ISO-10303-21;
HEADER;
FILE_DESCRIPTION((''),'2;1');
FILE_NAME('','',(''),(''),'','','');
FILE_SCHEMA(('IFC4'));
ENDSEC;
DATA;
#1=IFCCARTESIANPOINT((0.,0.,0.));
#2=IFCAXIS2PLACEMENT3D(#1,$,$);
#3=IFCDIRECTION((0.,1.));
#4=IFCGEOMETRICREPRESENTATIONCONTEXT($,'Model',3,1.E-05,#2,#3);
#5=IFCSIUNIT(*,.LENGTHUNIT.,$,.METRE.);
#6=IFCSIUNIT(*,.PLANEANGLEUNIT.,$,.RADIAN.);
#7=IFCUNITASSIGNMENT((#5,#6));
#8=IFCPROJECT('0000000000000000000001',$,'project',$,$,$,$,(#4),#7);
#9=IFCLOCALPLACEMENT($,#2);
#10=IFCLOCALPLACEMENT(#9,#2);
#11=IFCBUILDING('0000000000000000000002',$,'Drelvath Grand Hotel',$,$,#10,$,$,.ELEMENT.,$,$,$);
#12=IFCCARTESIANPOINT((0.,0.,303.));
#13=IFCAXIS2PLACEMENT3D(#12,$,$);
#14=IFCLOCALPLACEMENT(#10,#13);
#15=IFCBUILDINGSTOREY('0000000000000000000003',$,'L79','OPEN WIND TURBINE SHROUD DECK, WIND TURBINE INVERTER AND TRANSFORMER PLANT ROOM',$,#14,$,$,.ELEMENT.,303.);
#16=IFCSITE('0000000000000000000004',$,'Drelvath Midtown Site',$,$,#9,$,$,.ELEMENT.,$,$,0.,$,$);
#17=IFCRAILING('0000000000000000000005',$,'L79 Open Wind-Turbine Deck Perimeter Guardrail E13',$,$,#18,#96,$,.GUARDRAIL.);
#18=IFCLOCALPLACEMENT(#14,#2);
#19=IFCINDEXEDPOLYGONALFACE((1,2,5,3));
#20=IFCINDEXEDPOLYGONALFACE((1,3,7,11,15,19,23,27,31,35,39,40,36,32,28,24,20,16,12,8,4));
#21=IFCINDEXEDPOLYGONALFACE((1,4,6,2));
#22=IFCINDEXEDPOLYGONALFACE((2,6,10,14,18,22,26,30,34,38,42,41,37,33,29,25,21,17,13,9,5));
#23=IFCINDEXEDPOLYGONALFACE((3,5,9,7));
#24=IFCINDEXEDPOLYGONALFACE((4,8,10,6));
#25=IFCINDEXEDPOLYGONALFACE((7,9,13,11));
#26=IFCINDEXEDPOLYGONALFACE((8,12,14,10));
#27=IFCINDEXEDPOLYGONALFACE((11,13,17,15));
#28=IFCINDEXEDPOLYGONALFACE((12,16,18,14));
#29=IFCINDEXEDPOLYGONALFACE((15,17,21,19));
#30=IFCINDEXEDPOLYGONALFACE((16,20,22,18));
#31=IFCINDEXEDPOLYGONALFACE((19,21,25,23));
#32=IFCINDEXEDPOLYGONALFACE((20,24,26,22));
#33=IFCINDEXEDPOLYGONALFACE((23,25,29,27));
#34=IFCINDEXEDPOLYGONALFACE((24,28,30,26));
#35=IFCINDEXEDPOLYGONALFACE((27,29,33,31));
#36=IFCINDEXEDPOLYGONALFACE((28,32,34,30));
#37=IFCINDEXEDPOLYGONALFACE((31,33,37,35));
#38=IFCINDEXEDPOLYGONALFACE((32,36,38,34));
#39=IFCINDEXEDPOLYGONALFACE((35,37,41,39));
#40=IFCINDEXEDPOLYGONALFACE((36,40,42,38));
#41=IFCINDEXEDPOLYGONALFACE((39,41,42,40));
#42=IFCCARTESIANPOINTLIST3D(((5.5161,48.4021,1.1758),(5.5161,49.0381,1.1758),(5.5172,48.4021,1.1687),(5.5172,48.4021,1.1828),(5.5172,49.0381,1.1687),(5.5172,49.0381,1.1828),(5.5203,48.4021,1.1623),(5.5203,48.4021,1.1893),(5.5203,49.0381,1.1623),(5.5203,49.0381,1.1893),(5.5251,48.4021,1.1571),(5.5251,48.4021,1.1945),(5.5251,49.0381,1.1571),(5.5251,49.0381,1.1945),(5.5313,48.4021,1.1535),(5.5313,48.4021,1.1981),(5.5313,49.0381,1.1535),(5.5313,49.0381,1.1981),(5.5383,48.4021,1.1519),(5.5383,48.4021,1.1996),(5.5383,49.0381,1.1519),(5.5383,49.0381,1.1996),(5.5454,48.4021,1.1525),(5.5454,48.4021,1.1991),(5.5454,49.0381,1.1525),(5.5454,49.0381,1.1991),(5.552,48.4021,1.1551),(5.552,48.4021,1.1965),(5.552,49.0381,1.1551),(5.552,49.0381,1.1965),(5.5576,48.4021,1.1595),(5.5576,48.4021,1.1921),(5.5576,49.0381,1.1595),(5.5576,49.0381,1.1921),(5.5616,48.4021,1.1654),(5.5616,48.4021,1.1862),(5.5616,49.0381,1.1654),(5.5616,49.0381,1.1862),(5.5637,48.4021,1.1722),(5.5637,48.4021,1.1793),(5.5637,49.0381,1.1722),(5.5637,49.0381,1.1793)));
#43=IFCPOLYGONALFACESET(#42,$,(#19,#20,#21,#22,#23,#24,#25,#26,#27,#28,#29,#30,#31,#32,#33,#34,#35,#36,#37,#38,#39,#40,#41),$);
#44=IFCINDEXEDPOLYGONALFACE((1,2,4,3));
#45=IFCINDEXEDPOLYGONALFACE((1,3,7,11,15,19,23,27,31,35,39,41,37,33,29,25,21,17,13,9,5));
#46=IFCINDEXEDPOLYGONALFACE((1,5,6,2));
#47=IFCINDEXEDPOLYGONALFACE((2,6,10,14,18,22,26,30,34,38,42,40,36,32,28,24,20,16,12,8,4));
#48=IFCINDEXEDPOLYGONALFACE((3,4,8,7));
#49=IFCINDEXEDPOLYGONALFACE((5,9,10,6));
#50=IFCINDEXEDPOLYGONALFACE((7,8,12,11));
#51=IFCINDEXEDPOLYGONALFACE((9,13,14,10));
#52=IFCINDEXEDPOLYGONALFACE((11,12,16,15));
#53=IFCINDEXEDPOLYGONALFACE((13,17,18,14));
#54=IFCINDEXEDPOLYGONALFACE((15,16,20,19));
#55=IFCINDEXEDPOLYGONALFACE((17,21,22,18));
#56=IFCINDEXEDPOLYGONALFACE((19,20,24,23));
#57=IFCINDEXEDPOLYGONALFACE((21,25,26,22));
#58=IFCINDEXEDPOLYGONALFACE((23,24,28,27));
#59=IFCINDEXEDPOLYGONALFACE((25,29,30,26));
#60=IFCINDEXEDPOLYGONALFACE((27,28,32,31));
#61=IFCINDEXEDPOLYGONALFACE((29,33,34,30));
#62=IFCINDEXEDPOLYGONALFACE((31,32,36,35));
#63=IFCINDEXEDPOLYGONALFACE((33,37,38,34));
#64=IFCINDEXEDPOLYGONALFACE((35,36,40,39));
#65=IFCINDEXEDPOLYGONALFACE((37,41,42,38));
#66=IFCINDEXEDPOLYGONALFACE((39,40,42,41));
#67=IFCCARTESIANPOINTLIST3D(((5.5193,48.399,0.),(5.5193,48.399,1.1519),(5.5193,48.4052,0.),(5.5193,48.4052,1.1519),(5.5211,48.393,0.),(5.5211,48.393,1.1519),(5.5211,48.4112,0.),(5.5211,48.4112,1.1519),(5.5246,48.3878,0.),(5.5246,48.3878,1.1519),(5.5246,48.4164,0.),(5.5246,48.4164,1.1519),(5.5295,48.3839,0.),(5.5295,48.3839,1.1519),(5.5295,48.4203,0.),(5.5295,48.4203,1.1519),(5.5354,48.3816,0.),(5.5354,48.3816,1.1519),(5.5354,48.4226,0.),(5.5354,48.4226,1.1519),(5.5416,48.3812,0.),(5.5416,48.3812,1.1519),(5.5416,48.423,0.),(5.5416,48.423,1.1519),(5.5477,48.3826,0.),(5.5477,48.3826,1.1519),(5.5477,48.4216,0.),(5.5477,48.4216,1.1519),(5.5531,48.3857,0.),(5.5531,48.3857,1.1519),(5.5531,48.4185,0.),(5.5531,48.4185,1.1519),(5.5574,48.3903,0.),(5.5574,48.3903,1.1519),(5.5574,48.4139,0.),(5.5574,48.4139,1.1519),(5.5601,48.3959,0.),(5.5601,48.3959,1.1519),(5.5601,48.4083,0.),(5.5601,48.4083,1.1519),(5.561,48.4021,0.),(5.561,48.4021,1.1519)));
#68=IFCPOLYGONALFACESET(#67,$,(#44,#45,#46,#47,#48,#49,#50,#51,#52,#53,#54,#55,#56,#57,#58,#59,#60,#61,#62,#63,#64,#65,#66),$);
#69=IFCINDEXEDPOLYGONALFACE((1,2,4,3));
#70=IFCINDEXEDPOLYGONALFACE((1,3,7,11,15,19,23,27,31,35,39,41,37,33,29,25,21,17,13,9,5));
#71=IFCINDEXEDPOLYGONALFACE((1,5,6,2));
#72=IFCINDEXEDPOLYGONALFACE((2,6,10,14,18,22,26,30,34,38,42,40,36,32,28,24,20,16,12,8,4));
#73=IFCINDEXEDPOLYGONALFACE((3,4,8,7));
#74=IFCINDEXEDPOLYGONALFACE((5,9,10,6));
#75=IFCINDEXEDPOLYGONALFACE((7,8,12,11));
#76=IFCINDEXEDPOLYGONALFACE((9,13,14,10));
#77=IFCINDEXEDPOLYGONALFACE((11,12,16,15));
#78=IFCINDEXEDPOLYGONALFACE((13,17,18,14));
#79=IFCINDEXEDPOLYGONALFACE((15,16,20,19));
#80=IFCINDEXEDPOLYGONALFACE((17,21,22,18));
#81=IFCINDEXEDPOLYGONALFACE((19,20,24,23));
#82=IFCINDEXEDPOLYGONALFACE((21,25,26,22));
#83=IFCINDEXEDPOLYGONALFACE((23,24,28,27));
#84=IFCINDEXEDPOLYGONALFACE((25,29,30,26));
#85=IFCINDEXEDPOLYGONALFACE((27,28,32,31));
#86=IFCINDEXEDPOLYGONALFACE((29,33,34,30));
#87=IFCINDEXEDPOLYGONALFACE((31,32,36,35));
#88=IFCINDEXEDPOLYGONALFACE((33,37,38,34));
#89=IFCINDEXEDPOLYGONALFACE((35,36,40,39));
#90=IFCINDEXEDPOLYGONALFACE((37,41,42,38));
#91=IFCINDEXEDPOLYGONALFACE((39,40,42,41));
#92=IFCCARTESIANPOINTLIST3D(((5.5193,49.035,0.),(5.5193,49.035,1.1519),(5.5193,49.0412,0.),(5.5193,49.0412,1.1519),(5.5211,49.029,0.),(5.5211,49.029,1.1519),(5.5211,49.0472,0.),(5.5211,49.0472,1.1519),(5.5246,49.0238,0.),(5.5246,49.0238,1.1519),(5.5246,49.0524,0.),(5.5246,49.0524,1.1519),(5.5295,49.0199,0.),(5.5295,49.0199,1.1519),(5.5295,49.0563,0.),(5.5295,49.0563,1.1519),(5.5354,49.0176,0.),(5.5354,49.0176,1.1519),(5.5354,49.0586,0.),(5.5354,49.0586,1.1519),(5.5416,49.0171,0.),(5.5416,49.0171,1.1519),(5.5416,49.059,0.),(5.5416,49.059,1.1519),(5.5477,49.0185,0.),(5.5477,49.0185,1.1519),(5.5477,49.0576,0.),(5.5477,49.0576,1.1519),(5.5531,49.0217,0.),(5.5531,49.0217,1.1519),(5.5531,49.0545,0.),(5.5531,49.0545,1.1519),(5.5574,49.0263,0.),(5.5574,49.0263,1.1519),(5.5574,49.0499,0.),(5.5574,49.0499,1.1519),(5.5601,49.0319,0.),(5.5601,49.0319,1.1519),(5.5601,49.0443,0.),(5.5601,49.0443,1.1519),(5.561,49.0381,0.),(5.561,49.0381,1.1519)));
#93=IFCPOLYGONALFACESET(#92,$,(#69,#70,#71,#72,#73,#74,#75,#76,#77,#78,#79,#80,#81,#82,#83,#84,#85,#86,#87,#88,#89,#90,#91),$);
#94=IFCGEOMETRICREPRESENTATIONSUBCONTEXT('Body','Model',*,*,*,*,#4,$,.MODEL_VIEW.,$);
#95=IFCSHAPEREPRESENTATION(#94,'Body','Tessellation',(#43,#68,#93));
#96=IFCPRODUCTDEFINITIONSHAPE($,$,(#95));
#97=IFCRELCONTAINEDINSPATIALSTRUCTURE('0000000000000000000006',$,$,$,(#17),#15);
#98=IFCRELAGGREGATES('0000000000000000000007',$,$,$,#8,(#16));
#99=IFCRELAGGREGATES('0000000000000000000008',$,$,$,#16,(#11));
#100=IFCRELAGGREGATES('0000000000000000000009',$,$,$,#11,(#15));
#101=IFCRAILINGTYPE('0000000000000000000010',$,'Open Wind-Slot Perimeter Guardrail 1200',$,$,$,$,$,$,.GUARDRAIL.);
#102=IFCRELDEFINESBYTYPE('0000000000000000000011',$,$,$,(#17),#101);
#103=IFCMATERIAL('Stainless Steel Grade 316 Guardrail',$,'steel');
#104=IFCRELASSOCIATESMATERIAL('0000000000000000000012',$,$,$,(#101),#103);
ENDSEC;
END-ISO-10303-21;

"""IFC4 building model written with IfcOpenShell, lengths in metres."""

from ifc_helpers import new_model, si_unit, direction, frame, origin, origin_2d, place, context, subcontext, project, spatial, circle, extrude, material, type_object, element, save


model = new_model("IFC4")

# Units and contexts
model_context = context("Model", 3, precision=1e-05, world=origin(), true_north=direction((0.0, 1.0)))
body_context = subcontext(model_context, "Body", "Model", "MODEL_VIEW")
ifc_project = project(units=[si_unit("LENGTHUNIT", "METRE"), si_unit("PLANEANGLEUNIT", "RADIAN")], contexts=[model_context])

# Site, building, storey
site_placement = place(None, origin())
site = spatial("IfcSite", under=ifc_project, at=site_placement, Name="Drelvath Midtown Site", CompositionType="ELEMENT", RefElevation=0.0)
building_placement = place(site_placement, origin())
building = spatial("IfcBuilding", under=site, at=building_placement, Name="Drelvath Grand Hotel", CompositionType="ELEMENT")
storey_placement = place(building_placement, frame((0.0, 0.0, 303.0)))
storey = spatial("IfcBuildingStorey", under=building, at=storey_placement, Name="L79", Description="OPEN WIND TURBINE SHROUD DECK, WIND TURBINE INVERTER AND TRANSFORMER PLANT ROOM", CompositionType="ELEMENT", Elevation=303.0)

# Railing
ifc_material_1 = material(Name="Stainless Steel Grade 316 Guardrail", Category="steel")
railing_type = type_object("IfcRailingType", Name="Open Wind-Slot Perimeter Guardrail 1200", PredefinedType="GUARDRAIL", material=ifc_material_1)
railing_1_placement = place(storey_placement, frame((5.54, 48.4021, 0.0)))
element("IfcRailing", 1, at=railing_1_placement, inside=storey, type_object=railing_type, Name="L79 Open Wind-Turbine Deck Perimeter Guardrail E13", PredefinedType="GUARDRAIL", context=body_context, shape_type="SweptSolid", body=[
    extrude(circle(Radius=0.0239, at=origin_2d()), frame((0.0, 0.0, 1.1758), z_axis=(0.0, 1.0, 0.0), x_axis=(-1.0, 0.0, 0.0)), (0.0, 0.0, 1.0), 0.636),
    extrude(circle(Radius=0.021, at=origin_2d()), origin(), (0.0, 0.0, 1.0), 1.1519),
    extrude(circle(Radius=0.021, at=origin_2d()), frame((0.0, 0.636, 0.0)), (0.0, 0.0, 1.0), 1.1519),
])

save(model, "model.ifc")
